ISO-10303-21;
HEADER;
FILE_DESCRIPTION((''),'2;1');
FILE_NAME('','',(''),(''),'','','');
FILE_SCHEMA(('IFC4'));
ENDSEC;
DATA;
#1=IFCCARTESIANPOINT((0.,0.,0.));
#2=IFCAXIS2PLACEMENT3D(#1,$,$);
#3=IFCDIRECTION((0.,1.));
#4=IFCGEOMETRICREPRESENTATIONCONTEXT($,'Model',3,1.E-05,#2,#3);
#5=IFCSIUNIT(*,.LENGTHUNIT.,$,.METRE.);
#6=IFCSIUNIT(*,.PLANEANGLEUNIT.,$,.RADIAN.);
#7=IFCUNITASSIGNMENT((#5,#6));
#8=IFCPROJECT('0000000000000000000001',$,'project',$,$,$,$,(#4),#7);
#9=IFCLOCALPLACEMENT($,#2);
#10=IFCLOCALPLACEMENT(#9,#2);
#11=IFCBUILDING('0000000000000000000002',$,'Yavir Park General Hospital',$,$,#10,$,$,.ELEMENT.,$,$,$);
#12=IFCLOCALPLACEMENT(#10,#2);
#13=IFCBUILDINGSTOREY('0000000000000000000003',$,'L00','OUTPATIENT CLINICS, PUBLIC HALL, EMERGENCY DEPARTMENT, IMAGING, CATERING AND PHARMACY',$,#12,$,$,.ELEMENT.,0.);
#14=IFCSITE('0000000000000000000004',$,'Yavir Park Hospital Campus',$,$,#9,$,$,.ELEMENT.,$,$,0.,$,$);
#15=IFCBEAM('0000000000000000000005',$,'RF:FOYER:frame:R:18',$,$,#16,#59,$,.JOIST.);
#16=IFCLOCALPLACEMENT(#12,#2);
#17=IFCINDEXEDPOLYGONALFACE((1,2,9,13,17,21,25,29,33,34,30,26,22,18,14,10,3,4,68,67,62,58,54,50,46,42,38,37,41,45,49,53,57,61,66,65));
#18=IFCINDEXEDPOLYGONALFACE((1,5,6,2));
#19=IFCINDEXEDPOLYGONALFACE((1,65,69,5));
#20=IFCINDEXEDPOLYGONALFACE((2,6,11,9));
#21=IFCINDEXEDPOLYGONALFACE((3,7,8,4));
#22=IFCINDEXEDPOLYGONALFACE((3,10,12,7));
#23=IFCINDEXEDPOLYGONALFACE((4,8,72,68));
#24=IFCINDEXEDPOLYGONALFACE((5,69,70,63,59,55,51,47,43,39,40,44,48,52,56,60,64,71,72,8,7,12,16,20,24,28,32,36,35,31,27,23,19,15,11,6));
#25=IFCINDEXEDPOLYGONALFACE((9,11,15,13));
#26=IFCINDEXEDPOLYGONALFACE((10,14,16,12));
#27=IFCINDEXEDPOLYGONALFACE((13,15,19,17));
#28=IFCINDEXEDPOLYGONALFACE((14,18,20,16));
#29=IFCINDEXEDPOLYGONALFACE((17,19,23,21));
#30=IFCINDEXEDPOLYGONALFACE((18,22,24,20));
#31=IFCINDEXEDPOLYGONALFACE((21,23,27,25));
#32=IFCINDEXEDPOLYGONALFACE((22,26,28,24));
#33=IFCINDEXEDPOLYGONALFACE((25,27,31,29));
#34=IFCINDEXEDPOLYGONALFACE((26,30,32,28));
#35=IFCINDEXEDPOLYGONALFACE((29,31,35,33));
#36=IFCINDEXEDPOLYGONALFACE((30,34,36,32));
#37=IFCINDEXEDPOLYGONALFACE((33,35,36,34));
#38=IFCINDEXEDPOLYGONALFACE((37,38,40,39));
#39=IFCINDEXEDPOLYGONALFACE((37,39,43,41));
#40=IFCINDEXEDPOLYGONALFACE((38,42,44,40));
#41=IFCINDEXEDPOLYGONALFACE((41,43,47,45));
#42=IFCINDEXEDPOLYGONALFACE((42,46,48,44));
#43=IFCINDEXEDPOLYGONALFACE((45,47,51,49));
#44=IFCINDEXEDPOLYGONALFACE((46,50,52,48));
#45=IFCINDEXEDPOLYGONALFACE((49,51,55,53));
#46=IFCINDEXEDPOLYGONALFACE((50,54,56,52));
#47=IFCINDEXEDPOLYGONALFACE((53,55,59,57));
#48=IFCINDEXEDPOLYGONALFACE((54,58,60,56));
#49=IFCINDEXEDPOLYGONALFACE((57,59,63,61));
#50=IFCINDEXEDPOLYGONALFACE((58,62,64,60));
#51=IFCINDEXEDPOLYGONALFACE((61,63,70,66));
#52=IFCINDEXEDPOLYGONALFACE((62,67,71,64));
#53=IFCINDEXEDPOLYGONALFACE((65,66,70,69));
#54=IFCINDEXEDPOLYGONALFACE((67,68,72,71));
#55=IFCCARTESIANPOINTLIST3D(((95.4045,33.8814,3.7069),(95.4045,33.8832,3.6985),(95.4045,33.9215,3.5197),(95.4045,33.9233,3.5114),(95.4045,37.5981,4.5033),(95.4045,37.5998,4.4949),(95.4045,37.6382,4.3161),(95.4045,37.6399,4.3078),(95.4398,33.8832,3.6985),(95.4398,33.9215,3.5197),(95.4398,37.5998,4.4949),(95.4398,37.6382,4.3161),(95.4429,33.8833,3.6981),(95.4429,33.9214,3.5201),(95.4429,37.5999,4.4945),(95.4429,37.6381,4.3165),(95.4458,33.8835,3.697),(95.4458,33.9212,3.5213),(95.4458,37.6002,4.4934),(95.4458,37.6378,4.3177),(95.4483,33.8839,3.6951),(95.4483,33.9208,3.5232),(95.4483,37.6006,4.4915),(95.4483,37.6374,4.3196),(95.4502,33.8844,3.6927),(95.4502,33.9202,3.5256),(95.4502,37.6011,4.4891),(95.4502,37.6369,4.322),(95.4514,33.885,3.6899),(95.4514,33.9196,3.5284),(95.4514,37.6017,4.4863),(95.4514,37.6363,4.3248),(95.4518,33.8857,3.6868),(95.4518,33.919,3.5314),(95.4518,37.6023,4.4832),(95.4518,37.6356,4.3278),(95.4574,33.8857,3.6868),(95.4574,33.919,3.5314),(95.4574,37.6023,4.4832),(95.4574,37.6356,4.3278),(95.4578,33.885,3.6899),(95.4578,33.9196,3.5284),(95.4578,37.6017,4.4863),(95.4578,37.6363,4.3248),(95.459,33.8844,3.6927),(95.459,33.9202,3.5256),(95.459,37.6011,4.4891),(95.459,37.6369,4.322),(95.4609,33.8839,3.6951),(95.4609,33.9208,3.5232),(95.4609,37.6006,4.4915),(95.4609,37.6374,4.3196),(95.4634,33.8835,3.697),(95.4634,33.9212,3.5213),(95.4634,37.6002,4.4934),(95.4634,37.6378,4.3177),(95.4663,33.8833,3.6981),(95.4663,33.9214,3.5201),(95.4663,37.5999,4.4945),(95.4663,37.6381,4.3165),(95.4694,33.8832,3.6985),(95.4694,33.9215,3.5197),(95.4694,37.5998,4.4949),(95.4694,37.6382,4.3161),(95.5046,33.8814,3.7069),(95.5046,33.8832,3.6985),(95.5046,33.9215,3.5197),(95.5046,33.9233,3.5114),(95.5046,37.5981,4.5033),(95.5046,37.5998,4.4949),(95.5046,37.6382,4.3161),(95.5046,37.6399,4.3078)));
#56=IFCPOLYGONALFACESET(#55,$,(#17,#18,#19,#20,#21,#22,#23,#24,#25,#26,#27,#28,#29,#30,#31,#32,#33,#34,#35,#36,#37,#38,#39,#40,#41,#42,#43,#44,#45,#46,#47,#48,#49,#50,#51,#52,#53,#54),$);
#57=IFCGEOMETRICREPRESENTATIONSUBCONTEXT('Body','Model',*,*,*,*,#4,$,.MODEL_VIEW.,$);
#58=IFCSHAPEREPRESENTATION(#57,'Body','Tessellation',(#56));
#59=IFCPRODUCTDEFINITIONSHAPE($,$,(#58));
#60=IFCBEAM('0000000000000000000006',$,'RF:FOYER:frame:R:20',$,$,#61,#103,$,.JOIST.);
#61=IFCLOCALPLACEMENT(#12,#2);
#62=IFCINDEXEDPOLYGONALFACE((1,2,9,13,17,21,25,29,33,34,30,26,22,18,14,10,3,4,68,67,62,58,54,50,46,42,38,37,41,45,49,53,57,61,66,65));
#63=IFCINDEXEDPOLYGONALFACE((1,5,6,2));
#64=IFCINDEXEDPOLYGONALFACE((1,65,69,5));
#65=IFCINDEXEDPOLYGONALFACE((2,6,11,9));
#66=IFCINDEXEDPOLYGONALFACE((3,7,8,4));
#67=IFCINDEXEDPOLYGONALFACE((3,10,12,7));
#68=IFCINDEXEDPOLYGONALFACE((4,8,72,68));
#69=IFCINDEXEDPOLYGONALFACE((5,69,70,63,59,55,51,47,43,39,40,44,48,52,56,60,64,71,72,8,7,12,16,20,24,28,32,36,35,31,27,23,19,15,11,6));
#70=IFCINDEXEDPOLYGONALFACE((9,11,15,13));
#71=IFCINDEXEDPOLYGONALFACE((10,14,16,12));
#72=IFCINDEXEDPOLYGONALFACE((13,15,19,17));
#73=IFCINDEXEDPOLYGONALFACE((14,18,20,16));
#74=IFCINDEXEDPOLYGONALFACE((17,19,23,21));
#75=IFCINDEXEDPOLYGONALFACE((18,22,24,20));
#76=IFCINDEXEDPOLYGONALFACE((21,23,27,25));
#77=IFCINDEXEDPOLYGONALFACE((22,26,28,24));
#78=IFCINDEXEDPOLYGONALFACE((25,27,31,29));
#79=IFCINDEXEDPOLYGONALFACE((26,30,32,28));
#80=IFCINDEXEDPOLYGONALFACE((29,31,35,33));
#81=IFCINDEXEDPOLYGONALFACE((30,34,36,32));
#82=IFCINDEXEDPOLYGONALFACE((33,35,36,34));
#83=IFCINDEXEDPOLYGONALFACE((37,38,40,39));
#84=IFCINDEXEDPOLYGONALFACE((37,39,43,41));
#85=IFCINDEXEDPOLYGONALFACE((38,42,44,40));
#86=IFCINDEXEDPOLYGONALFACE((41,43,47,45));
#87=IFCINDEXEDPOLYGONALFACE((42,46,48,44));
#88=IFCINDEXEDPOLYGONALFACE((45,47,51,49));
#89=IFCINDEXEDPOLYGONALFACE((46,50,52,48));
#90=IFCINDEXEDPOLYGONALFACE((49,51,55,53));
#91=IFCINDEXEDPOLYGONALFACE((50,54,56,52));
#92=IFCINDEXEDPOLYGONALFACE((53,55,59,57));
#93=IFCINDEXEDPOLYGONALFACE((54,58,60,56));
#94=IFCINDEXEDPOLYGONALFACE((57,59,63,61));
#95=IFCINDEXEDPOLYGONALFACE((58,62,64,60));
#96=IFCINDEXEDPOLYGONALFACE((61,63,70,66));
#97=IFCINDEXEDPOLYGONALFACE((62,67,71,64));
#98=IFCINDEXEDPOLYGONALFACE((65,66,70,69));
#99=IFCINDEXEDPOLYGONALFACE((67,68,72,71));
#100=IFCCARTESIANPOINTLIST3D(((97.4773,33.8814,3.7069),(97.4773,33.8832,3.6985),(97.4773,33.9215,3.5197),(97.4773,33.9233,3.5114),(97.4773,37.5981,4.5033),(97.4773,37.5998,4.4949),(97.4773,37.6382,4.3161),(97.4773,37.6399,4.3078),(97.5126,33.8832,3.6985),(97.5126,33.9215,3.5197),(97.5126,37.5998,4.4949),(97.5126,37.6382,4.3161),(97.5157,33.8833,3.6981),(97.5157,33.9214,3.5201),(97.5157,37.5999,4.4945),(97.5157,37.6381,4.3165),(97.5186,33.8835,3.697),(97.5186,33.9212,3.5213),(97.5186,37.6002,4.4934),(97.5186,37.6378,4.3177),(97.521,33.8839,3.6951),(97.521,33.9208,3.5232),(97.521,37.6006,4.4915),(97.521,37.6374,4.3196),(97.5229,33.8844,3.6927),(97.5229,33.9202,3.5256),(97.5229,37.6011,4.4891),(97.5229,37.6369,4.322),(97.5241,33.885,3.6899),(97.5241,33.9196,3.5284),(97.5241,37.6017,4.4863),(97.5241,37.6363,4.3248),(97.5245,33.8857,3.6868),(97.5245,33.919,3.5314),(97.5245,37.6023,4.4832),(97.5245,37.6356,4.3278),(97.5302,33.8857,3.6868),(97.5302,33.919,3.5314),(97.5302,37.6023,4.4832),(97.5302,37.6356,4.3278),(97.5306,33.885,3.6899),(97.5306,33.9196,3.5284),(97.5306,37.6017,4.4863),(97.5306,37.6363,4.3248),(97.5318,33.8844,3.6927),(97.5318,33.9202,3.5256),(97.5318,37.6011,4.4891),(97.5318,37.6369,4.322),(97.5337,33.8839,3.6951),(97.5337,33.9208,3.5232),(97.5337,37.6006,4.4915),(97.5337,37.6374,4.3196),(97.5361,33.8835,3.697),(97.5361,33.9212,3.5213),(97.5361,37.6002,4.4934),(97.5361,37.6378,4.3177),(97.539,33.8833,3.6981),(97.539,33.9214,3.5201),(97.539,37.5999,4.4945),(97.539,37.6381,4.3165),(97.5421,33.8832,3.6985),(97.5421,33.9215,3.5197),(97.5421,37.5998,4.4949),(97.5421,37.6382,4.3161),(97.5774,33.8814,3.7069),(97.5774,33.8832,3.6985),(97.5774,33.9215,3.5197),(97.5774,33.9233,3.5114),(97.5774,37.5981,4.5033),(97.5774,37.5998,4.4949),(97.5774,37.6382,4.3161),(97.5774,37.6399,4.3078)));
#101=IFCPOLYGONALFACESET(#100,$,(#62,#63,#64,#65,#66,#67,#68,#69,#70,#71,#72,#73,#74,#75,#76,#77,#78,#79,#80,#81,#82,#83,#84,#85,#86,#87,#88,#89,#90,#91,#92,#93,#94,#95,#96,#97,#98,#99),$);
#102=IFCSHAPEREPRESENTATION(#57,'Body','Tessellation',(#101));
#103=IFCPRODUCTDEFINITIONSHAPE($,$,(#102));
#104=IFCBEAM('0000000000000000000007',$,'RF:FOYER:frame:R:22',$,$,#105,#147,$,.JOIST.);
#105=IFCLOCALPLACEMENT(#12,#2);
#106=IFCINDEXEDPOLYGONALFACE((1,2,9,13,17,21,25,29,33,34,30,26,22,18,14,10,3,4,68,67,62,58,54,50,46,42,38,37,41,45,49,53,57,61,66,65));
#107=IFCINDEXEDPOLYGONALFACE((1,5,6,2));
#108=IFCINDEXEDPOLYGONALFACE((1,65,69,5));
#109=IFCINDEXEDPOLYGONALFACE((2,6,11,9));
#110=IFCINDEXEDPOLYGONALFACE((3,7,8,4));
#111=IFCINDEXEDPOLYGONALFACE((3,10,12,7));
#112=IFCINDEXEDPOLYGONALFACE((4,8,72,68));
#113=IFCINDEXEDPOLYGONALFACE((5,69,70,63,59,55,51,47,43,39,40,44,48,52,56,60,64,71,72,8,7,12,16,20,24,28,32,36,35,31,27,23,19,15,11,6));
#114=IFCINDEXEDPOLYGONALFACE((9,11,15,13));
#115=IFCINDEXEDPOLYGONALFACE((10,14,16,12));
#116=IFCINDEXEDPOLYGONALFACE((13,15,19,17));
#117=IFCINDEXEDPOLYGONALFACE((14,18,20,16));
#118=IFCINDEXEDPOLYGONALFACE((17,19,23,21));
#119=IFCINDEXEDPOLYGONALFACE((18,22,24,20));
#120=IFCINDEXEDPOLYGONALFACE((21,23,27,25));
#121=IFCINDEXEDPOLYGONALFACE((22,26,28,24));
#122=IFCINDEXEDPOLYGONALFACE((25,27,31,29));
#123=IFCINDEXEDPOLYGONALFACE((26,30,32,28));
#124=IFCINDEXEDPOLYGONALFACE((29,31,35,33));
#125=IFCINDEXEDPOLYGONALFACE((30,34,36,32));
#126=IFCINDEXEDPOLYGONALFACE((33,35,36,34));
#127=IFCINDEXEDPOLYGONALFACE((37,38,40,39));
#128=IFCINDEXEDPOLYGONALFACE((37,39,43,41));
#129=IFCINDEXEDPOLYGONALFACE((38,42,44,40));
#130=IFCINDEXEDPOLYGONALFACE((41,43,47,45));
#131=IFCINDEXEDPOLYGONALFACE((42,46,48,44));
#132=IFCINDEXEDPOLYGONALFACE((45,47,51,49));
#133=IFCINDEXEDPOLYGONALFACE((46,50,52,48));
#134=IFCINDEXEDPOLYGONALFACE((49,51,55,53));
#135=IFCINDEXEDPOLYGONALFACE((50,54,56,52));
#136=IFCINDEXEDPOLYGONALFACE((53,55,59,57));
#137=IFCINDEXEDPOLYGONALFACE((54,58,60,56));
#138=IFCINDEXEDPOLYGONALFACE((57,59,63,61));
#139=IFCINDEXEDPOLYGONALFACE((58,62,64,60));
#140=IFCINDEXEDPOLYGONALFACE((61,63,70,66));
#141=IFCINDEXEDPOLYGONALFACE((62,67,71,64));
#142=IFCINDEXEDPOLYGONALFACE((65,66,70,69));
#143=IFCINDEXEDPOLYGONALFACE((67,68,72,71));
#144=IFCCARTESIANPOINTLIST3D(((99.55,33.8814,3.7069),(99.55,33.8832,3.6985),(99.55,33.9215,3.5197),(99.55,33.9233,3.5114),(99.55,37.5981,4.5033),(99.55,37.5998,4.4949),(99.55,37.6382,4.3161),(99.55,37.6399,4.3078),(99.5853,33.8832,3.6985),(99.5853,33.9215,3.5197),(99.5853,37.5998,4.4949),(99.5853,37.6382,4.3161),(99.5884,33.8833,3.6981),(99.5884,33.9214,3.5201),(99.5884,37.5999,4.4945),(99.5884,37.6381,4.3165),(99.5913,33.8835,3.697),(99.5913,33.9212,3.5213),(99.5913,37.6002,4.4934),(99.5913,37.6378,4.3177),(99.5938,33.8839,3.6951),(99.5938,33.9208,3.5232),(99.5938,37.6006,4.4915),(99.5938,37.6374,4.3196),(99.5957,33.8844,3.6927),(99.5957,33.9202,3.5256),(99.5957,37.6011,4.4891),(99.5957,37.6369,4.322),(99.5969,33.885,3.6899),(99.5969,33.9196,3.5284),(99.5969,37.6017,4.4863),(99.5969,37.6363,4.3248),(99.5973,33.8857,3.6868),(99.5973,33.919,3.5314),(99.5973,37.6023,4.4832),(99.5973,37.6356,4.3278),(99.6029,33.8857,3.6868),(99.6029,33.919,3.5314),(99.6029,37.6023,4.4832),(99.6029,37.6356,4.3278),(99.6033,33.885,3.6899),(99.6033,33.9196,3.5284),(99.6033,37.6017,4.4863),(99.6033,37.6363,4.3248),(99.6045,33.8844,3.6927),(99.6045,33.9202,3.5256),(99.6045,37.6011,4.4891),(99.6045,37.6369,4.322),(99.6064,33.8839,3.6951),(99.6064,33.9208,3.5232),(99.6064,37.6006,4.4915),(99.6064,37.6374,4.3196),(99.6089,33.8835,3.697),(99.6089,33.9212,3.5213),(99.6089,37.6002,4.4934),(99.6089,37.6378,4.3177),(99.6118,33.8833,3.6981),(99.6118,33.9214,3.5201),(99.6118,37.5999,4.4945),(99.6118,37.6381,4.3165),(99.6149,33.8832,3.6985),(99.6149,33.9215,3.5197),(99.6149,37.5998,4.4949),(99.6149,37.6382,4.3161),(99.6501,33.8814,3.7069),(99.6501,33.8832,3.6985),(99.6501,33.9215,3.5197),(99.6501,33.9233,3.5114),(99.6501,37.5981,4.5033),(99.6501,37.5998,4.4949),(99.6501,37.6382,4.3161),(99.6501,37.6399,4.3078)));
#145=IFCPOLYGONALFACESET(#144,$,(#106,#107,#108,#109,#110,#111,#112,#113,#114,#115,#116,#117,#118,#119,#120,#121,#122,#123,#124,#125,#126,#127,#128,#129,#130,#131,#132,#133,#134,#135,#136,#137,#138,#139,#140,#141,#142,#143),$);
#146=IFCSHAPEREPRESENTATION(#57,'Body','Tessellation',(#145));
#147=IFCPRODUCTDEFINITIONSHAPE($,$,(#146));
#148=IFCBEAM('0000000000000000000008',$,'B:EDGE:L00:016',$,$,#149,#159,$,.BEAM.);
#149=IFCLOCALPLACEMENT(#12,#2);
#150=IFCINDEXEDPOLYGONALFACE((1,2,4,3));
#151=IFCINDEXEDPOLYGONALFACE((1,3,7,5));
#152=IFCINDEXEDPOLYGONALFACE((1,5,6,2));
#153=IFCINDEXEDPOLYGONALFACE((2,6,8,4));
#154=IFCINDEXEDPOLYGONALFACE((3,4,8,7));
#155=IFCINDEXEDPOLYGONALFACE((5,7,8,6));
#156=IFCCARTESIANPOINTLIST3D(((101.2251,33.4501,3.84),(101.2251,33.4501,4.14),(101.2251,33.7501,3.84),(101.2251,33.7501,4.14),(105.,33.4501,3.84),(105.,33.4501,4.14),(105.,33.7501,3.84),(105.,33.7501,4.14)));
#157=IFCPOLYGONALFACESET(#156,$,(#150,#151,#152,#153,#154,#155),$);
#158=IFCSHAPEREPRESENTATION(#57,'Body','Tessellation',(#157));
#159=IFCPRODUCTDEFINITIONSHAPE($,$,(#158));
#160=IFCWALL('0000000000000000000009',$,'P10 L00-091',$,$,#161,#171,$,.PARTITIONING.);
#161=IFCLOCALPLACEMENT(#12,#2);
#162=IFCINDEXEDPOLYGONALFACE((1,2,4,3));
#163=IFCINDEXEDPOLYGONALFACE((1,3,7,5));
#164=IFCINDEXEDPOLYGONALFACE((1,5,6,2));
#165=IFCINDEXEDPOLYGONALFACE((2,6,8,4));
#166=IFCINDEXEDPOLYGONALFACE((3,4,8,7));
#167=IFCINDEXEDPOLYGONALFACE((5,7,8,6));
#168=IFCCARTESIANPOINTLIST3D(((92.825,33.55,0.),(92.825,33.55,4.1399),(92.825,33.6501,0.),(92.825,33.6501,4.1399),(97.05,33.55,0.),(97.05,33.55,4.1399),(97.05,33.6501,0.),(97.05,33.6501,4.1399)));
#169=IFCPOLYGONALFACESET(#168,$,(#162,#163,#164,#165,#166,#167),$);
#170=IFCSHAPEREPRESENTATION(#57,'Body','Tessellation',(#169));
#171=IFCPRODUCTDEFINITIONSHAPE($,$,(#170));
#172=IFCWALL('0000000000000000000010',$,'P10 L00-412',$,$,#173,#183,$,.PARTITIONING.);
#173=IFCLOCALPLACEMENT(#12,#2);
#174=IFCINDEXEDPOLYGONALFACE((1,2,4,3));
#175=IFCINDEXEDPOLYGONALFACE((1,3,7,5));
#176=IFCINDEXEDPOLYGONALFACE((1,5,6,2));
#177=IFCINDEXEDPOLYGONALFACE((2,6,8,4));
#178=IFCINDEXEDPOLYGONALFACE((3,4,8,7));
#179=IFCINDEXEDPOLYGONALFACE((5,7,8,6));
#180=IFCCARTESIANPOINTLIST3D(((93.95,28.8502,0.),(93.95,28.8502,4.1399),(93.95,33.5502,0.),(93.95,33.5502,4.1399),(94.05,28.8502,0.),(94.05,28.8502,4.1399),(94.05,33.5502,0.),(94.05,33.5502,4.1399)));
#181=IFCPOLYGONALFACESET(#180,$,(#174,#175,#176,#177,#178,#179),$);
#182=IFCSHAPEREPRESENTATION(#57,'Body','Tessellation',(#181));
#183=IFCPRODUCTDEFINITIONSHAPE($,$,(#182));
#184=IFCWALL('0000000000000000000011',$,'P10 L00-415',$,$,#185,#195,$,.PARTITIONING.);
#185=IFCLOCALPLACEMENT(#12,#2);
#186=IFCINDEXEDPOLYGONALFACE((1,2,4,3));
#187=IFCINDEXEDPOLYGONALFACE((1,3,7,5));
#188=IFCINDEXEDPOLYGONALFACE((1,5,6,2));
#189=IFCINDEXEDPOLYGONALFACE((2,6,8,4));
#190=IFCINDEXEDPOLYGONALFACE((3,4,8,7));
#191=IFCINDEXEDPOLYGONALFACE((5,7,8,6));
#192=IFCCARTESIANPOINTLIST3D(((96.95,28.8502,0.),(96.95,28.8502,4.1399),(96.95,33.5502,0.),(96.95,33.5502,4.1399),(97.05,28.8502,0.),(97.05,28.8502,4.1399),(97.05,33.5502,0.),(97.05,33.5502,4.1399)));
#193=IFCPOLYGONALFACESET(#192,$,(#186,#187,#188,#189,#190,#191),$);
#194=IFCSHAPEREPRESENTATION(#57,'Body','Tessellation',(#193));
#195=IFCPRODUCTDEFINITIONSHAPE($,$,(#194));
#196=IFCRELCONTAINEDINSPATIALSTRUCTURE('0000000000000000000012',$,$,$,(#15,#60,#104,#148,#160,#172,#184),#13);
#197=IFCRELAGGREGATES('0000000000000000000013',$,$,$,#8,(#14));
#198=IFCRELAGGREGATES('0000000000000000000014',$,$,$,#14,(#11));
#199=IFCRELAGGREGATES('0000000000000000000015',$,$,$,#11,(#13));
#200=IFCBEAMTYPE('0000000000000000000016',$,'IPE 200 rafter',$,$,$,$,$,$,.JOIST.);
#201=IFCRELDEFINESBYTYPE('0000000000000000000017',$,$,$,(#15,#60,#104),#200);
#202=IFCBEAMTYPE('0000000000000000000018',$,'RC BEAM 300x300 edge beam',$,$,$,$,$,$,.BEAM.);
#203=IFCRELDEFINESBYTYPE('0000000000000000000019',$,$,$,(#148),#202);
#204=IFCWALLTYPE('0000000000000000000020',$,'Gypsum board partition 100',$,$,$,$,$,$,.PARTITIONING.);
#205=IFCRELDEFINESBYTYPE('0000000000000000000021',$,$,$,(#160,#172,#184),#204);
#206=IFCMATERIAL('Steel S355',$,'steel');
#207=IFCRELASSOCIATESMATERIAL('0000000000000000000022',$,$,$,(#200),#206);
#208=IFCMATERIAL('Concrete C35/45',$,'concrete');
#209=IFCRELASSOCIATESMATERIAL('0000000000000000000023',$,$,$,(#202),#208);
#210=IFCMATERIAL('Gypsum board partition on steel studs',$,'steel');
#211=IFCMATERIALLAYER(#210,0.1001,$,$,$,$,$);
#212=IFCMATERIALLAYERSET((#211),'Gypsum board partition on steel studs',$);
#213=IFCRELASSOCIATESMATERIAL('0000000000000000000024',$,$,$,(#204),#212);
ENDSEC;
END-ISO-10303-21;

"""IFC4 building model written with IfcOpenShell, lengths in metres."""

from ifc_helpers import new_model, si_unit, direction, frame, frame_2d, origin, origin_2d, place, context, subcontext, project, spatial, rectangle, i_section, extrude, material, layer, layer_set, material_profile, profile_set, type_object, element, save


model = new_model("IFC4")

# Units and contexts
model_context = context("Model", 3, precision=1e-05, world=origin(), true_north=direction((0.0, 1.0)))
body_context = subcontext(model_context, "Body", "Model", "MODEL_VIEW")
ifc_project = project(units=[si_unit("LENGTHUNIT", "METRE"), si_unit("PLANEANGLEUNIT", "RADIAN")], contexts=[model_context])

# Site, building, storey
site_placement = place(None, origin())
site = spatial("IfcSite", under=ifc_project, at=site_placement, Name="Yavir Park Hospital Campus", CompositionType="ELEMENT", RefElevation=0.0)
building_placement = place(site_placement, origin())
building = spatial("IfcBuilding", under=site, at=building_placement, Name="Yavir Park General Hospital", CompositionType="ELEMENT")
storey_placement = place(building_placement, origin())
storey = spatial("IfcBuildingStorey", under=building, at=storey_placement, Name="L00", Description="OUTPATIENT CLINICS, PUBLIC HALL, EMERGENCY DEPARTMENT, IMAGING, CATERING AND PHARMACY", CompositionType="ELEMENT", Elevation=0.0)

# Beams
ifc_material_1 = material(Name="Steel S355", Category="steel")
ifc_material_profile_1 = material_profile(ifc_material_1, i_section(OverallWidth=0.1001, OverallDepth=0.2, WebThickness=0.0056, FlangeThickness=0.0085, FilletRadius=0.012, at=origin_2d()), Name="IPE200")
ifc_profile_set_1 = profile_set([ifc_material_profile_1], Name="Steel S355")
beam_type_1 = type_object("IfcBeamType", Name="IPE 200 rafter", PredefinedType="JOIST", material=ifc_profile_set_1)
for number, where, z_axis, x_axis, name in (
    (1, (95.4546, 33.9023, 3.6091), (0.0, 0.977803, 0.209525), (-1.0, 0.0, 0.0), "RF:FOYER:frame:R:18"),
    (2, (97.5273, 33.9023, 3.6091), (0.0, 0.977803, 0.209525), (-1.0, 0.0, 0.0), "RF:FOYER:frame:R:20"),
    (3, (99.6001, 33.9023, 3.6091), (0.0, 0.977803, 0.209525), (-1.0, 0.0, 0.0), "RF:FOYER:frame:R:22"),
):
    element("IfcBeam", number, at=place(storey_placement, frame(where, z_axis=z_axis, x_axis=x_axis)), inside=storey, type_object=beam_type_1, Name=name, PredefinedType="JOIST", context=body_context, shape_type="SweptSolid", body=[
        extrude(i_section(OverallWidth=0.1001, OverallDepth=0.2, WebThickness=0.0056, FlangeThickness=0.0085, FilletRadius=0.012, at=origin_2d()), origin(), (0.0, 0.0, 1.0), 3.801),
    ])
ifc_material_2 = material(Name="Concrete C35/45", Category="concrete")
ifc_material_profile_2 = material_profile(ifc_material_2, rectangle(XDim=0.3, YDim=0.3, at=origin_2d()), Name="RC300x300")
ifc_profile_set_2 = profile_set([ifc_material_profile_2], Name="Concrete C35/45")
beam_type_2 = type_object("IfcBeamType", Name="RC BEAM 300x300 edge beam", PredefinedType="BEAM", material=ifc_profile_set_2)
beam_1_placement = place(storey_placement, frame((101.2251, 33.6001, 3.99), z_axis=(1.0, 0.0, 0.0), x_axis=(0.0, 1.0, 0.0)))
element("IfcBeam", 4, at=beam_1_placement, inside=storey, type_object=beam_type_2, Name="B:EDGE:L00:016", PredefinedType="BEAM", context=body_context, shape_type="SweptSolid", body=[
    extrude(rectangle(XDim=0.3, YDim=0.3, at=origin_2d()), origin(), (0.0, 0.0, 1.0), 3.7749),
])

# Walls
ifc_material_3 = material(Name="Gypsum board partition on steel studs", Category="steel")
ifc_layer_1 = layer(ifc_material_3, 0.1001)
ifc_layer_set_1 = layer_set([ifc_layer_1], Name="Gypsum board partition on steel studs")
wall_type_1 = type_object("IfcWallType", Name="Gypsum board partition 100", PredefinedType="PARTITIONING", material=ifc_layer_set_1)
wall_1_placement = place(storey_placement, frame((92.825, 33.6001, 0.0), z_axis=(0.0, 0.0, 1.0), x_axis=(1.0, 0.0, 0.0)))
element("IfcWall", 5, at=wall_1_placement, inside=storey, type_object=wall_type_1, Name="P10 L00-091", PredefinedType="PARTITIONING", context=body_context, shape_type="SweptSolid", body=[
    extrude(rectangle(XDim=4.2251, YDim=0.1001, at=frame_2d((2.1125, 0.0))), origin(), (0.0, 0.0, 1.0), 4.1399),
])
for number, where, z_axis, x_axis, name in (
    (6, (94.0, 28.8501, 0.0), (0.0, 0.0, 1.0), (0.0, 1.0, 0.0), "P10 L00-412"),
    (7, (97.0, 28.8501, 0.0), (0.0, 0.0, 1.0), (0.0, 1.0, 0.0), "P10 L00-415"),
):
    element("IfcWall", number, at=place(storey_placement, frame(where, z_axis=z_axis, x_axis=x_axis)), inside=storey, type_object=wall_type_1, Name=name, PredefinedType="PARTITIONING", context=body_context, shape_type="SweptSolid", body=[
        extrude(rectangle(XDim=4.7, YDim=0.1001, at=frame_2d((2.3501, 0.0))), origin(), (0.0, 0.0, 1.0), 4.1399),
    ])

save(model, "model.ifc")
